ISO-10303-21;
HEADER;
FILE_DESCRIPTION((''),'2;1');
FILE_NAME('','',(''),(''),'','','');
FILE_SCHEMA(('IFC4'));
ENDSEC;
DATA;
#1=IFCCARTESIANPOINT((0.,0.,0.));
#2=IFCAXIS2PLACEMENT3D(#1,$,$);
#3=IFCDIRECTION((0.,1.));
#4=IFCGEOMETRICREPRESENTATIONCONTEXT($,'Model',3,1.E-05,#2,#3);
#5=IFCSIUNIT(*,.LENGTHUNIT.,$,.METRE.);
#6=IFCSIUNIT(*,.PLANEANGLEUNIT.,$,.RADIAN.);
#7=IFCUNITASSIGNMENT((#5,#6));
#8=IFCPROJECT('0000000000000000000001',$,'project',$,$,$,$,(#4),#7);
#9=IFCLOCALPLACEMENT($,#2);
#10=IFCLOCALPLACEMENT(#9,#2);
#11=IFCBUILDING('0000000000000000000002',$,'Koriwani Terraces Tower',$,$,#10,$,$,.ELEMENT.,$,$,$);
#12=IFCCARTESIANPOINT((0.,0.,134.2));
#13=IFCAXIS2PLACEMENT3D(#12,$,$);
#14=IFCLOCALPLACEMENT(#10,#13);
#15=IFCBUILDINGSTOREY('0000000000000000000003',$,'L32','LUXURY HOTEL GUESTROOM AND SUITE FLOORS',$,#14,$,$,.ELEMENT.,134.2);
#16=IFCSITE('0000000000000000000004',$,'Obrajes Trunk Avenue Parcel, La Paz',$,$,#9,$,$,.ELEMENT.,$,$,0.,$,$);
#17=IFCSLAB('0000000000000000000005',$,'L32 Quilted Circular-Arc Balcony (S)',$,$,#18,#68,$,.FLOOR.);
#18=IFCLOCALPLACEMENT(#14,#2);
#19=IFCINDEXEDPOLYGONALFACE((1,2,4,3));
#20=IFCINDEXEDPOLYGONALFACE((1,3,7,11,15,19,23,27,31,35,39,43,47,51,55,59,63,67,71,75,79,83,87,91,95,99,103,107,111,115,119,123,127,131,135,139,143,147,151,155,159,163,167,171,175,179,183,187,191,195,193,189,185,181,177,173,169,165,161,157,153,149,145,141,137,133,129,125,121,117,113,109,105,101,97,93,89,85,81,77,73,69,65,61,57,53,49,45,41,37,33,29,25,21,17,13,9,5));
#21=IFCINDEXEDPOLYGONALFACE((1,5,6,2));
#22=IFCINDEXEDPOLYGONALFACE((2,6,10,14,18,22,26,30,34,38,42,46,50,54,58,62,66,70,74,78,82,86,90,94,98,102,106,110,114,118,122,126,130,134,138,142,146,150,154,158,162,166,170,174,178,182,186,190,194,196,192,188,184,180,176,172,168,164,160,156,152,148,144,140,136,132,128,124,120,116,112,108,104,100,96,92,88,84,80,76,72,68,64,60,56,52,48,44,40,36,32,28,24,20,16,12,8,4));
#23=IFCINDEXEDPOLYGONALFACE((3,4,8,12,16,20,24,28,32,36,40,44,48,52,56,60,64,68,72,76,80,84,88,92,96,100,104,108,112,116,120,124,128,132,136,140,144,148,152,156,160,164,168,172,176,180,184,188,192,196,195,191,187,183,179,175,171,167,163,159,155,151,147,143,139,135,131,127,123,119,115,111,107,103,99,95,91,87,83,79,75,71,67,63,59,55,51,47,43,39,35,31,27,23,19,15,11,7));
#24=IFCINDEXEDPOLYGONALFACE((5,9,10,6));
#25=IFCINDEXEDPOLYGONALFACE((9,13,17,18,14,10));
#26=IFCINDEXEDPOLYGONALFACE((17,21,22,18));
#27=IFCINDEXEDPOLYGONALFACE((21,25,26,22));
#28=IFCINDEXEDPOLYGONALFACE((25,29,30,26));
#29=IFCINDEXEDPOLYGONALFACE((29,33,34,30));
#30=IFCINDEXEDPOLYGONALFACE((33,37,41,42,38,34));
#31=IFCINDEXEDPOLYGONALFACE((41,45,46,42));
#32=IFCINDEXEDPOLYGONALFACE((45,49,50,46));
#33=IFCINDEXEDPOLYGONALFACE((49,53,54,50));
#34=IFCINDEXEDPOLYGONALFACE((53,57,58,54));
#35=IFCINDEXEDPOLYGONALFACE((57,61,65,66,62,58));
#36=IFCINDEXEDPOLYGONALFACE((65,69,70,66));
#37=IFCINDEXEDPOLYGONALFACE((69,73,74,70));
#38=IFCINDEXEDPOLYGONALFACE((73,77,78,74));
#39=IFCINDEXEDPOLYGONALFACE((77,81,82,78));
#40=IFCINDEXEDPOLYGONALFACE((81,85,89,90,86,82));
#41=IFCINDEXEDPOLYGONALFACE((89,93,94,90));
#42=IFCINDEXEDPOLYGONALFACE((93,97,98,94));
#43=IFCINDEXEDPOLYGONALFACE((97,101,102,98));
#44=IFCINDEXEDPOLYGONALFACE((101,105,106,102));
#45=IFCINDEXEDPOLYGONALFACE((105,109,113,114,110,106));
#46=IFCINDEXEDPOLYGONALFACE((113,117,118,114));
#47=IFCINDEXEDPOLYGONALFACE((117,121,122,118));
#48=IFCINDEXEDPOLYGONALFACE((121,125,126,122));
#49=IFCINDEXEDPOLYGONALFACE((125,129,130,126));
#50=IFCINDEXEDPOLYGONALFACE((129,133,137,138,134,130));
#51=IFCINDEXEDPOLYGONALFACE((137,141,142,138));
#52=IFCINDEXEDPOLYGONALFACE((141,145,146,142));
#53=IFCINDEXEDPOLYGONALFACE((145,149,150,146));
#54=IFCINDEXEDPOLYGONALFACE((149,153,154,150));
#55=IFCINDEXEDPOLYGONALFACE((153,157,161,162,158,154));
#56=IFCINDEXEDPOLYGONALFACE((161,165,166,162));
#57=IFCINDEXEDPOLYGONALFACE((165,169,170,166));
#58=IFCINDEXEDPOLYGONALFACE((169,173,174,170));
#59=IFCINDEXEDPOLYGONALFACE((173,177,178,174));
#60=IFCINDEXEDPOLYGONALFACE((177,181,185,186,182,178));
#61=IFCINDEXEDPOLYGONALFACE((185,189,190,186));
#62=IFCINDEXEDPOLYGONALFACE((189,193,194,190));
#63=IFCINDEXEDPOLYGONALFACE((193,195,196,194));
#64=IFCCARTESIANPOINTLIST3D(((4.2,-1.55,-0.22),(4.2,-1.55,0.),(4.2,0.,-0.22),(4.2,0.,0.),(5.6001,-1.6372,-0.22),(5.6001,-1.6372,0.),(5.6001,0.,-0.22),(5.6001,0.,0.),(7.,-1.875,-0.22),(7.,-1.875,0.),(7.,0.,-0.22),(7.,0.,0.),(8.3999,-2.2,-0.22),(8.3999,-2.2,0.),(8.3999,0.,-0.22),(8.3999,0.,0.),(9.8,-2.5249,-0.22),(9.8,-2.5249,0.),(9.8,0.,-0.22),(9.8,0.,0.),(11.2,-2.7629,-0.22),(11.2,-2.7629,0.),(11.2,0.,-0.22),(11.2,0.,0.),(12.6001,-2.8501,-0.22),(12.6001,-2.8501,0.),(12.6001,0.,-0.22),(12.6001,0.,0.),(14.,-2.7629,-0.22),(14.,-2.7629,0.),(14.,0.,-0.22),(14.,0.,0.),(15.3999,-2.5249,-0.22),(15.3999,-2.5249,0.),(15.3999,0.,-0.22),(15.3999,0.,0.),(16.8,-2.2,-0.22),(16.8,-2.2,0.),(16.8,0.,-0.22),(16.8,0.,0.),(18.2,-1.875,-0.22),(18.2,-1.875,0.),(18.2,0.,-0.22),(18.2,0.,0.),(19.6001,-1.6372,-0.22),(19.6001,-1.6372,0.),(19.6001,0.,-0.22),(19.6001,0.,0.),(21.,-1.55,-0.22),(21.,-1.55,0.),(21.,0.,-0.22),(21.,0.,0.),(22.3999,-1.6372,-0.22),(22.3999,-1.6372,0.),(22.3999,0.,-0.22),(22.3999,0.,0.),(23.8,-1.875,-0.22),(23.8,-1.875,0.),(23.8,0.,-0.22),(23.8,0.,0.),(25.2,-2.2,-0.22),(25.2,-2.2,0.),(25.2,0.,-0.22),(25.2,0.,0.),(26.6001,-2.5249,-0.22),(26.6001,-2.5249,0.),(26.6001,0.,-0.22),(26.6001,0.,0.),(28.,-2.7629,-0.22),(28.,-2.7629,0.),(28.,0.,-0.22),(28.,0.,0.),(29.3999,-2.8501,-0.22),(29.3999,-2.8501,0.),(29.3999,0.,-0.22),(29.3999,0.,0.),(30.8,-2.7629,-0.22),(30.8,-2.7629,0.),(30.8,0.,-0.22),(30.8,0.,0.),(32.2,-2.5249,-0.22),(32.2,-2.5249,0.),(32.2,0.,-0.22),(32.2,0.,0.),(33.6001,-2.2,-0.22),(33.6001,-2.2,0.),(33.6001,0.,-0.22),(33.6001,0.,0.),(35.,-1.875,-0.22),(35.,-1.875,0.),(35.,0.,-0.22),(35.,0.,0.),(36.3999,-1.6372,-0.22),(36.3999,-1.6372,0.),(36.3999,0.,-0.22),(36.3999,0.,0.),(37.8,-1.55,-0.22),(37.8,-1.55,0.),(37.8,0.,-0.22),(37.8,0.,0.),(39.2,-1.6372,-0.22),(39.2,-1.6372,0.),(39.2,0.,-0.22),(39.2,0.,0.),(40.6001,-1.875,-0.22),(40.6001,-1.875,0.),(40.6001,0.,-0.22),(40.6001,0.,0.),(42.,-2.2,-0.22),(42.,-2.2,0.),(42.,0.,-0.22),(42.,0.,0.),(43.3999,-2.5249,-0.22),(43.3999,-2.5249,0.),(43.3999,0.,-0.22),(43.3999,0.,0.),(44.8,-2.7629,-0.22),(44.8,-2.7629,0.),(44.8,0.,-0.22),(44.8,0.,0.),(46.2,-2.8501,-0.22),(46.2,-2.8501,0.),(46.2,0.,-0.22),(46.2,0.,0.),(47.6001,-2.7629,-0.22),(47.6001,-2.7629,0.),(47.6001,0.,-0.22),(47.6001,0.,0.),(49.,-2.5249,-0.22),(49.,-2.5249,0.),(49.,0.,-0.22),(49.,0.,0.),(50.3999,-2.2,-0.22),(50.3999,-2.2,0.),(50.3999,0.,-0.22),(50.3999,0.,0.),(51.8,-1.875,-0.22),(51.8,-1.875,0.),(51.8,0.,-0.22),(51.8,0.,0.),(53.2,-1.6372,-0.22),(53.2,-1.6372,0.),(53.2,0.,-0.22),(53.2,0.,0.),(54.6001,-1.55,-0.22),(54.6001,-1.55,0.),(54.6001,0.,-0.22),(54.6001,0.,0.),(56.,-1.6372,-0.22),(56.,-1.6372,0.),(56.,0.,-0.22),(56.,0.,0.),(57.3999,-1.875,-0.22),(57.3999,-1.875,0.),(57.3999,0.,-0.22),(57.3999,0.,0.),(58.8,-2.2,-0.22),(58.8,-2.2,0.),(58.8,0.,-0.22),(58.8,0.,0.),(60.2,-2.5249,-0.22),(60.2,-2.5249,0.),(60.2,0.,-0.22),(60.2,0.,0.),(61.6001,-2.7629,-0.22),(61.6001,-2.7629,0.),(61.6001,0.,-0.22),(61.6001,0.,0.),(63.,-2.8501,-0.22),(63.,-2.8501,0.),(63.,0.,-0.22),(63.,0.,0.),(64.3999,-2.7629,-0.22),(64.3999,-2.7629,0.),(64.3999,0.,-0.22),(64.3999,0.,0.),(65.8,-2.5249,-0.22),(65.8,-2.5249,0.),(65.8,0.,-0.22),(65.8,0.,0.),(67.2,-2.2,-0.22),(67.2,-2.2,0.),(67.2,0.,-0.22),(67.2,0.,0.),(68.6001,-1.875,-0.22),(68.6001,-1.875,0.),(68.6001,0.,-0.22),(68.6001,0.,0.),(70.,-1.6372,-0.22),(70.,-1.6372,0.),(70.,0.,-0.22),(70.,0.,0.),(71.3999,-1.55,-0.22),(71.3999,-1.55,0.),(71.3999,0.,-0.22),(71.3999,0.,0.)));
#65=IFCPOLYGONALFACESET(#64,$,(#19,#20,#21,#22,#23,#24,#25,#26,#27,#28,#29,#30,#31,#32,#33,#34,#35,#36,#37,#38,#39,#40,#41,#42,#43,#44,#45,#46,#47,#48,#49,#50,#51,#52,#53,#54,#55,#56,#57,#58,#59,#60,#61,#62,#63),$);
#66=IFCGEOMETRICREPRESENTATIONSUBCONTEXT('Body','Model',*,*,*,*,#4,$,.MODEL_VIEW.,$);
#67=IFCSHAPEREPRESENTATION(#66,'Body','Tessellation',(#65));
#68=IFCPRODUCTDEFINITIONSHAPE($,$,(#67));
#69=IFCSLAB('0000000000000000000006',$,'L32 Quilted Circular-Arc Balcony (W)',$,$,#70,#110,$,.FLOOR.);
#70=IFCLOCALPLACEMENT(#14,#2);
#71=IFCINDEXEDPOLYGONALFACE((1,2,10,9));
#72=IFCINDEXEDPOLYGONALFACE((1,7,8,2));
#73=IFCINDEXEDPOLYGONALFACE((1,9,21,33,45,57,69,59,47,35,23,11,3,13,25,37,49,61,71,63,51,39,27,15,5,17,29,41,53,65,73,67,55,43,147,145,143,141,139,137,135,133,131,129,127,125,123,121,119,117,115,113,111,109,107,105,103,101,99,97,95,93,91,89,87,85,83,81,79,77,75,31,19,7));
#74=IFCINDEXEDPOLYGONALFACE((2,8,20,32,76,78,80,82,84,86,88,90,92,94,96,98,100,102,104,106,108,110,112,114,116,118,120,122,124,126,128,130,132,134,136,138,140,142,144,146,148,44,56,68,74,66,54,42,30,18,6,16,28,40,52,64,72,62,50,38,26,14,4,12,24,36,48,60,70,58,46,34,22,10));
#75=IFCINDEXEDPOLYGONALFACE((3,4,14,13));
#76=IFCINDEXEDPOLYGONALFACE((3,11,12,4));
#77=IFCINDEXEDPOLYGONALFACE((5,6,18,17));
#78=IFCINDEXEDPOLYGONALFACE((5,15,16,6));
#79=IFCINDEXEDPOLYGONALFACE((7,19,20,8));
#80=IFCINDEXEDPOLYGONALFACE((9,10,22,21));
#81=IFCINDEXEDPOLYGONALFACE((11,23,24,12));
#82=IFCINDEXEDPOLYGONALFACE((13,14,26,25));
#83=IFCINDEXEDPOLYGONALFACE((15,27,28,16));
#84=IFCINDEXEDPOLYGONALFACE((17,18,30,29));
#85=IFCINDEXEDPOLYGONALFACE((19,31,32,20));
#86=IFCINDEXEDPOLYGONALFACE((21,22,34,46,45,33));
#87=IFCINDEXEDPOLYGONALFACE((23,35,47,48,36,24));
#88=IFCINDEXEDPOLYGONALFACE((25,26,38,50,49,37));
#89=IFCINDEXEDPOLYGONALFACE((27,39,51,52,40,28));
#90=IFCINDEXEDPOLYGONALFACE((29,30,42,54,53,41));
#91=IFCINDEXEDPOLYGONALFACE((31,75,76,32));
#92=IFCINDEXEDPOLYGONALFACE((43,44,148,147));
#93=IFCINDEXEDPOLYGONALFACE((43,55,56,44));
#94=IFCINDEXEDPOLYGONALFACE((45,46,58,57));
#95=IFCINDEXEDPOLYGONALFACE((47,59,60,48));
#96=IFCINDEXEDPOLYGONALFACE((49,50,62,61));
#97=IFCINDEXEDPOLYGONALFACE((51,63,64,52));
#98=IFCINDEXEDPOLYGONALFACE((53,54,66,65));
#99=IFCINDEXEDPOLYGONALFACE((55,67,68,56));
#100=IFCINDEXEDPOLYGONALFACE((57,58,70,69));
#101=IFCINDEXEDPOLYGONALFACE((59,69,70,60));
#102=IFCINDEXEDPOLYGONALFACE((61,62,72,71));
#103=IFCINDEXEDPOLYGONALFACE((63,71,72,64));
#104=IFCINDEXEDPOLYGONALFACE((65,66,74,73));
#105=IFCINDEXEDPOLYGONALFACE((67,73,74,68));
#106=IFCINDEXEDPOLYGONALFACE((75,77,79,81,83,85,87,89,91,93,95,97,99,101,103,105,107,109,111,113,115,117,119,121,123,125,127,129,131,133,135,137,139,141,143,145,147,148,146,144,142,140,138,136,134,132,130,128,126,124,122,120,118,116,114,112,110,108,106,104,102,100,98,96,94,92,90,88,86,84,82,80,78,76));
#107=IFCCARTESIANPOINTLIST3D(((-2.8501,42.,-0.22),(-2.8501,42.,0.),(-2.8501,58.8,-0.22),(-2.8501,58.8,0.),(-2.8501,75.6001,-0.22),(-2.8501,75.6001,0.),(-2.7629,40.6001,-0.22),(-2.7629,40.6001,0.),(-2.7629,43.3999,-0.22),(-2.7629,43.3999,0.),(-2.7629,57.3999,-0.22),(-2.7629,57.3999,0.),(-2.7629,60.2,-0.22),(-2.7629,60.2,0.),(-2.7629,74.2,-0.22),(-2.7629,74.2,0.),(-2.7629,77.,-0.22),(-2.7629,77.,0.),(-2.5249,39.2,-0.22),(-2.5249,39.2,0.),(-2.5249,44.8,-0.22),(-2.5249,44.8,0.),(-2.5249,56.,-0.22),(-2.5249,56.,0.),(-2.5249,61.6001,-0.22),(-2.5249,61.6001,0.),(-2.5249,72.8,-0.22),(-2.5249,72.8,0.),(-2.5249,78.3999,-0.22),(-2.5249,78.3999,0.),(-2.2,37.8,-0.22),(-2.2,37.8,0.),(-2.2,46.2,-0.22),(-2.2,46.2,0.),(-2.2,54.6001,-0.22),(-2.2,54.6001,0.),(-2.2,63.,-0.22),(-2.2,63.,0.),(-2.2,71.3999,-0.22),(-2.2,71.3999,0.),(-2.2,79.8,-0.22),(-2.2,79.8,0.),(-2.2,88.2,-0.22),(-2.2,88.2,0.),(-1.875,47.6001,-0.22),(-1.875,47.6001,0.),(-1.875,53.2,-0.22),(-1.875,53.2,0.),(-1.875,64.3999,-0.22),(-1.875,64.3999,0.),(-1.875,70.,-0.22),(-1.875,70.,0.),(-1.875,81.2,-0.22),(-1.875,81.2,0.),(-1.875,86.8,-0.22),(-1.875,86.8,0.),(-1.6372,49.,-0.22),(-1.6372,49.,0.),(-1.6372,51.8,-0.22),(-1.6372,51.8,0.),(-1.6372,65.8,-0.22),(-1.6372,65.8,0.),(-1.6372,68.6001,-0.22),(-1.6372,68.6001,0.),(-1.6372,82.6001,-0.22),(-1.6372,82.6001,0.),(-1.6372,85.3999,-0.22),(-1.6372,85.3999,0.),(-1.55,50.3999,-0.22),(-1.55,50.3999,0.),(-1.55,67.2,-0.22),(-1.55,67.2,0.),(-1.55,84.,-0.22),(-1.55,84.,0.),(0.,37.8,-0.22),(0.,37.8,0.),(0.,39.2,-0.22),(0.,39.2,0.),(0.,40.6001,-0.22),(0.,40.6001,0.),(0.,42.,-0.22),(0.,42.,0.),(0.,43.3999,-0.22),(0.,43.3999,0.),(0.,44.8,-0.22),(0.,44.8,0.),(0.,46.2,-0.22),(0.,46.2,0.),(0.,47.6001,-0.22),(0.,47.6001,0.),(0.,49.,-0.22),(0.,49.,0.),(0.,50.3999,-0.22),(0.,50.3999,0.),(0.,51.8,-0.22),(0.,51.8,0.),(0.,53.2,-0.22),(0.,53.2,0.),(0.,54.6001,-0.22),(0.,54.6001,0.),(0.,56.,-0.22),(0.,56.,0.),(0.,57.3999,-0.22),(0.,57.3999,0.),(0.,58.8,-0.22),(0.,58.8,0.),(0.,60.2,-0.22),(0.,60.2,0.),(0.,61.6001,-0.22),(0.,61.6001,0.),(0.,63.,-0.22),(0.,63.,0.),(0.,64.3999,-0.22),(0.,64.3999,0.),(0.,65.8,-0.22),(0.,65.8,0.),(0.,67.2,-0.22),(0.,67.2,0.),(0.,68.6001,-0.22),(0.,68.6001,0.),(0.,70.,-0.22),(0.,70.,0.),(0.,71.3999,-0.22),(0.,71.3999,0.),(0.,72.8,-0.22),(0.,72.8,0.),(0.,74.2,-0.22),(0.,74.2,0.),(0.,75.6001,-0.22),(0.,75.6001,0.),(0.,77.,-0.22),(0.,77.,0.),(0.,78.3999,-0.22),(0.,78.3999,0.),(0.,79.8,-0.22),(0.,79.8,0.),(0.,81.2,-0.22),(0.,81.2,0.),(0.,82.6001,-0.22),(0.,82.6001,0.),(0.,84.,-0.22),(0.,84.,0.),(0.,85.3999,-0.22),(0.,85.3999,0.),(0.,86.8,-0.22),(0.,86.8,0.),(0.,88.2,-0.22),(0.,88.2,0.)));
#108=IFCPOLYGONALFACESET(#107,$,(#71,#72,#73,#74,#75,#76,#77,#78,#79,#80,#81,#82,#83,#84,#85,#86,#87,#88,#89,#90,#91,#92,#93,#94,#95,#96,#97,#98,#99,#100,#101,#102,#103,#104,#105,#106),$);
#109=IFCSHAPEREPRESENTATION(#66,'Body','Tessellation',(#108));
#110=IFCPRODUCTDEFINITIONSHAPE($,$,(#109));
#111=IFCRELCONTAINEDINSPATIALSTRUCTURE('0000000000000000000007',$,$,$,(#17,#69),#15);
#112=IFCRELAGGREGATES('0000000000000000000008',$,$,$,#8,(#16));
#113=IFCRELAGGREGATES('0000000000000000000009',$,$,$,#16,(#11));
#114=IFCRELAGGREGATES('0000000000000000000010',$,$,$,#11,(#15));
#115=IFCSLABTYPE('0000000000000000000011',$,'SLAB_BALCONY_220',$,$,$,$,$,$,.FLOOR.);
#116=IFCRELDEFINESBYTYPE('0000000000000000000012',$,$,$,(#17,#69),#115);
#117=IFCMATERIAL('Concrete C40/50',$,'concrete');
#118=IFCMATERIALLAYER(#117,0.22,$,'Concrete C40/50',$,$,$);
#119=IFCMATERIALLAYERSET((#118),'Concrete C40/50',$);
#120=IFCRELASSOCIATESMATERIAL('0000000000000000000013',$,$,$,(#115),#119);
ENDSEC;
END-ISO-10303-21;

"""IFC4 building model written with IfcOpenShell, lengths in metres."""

from ifc_helpers import new_model, si_unit, direction, frame, origin, place, context, subcontext, project, spatial, polyline, outline, extrude, material, layer, layer_set, type_object, element, save


model = new_model("IFC4")

# Units and contexts
model_context = context("Model", 3, precision=1e-05, world=origin(), true_north=direction((0.0, 1.0)))
body_context = subcontext(model_context, "Body", "Model", "MODEL_VIEW")
ifc_project = project(units=[si_unit("LENGTHUNIT", "METRE"), si_unit("PLANEANGLEUNIT", "RADIAN")], contexts=[model_context])

# Site, building, storey
site_placement = place(None, origin())
site = spatial("IfcSite", under=ifc_project, at=site_placement, Name="Obrajes Trunk Avenue Parcel, La Paz", CompositionType="ELEMENT", RefElevation=0.0)
building_placement = place(site_placement, origin())
building = spatial("IfcBuilding", under=site, at=building_placement, Name="Koriwani Terraces Tower", CompositionType="ELEMENT")
storey_placement = place(building_placement, frame((0.0, 0.0, 134.2)))
storey = spatial("IfcBuildingStorey", under=building, at=storey_placement, Name="L32", Description="LUXURY HOTEL GUESTROOM AND SUITE FLOORS", CompositionType="ELEMENT", Elevation=134.2)

# Shared definitions
ifc_material_1 = material(Name="Concrete C40/50", Category="concrete")

# Slabs
ifc_layer_1 = layer(ifc_material_1, 0.22, Name="Concrete C40/50")
ifc_layer_set_1 = layer_set([ifc_layer_1], Name="Concrete C40/50")
slab_type_1 = type_object("IfcSlabType", Name="SLAB_BALCONY_220", PredefinedType="FLOOR", material=ifc_layer_set_1)
slab_1_placement = place(storey_placement, frame((0.0, 0.0, -0.22)))
element("IfcSlab", 1, at=slab_1_placement, inside=storey, type_object=slab_type_1, Name="L32 Quilted Circular-Arc Balcony (S)", PredefinedType="FLOOR", context=body_context, shape_type="SweptSolid", body=[
    extrude(outline(polyline([(4.2, 0.0), (5.6001, 0.0), (7.0, 0.0), (8.3999, 0.0), (9.8, 0.0), (11.2, 0.0), (12.6001, 0.0), (14.0, 0.0), (15.3999, 0.0), (16.8, 0.0), (18.2, 0.0), (19.6001, 0.0), (21.0, 0.0), (22.3999, 0.0), (23.8, 0.0), (25.2, 0.0), (26.6001, 0.0), (28.0, 0.0), (29.3999, 0.0), (30.8, 0.0), (32.2, 0.0), (33.6001, 0.0), (35.0, 0.0), (36.3999, 0.0), (37.8, 0.0), (39.2, 0.0), (40.6001, 0.0), (42.0, 0.0), (43.3999, 0.0), (44.8, 0.0), (46.2, 0.0), (47.6001, 0.0), (49.0, 0.0), (50.3999, 0.0), (51.8, 0.0), (53.2, 0.0), (54.6001, 0.0), (56.0, 0.0), (57.3999, 0.0), (58.8, 0.0), (60.2, 0.0), (61.6001, 0.0), (63.0, 0.0), (64.3999, 0.0), (65.8, 0.0), (67.2, 0.0), (68.6001, 0.0), (70.0, 0.0), (71.3999, 0.0), (71.3999, -1.55), (70.0, -1.6372), (68.6001, -1.875), (67.2, -2.2), (65.8, -2.5249), (64.3999, -2.7629), (63.0, -2.8501), (61.6001, -2.7629), (60.2, -2.5249), (58.8, -2.2), (57.3999, -1.875), (56.0, -1.6372), (54.6001, -1.55), (53.2, -1.6372), (51.8, -1.875), (50.3999, -2.2), (49.0, -2.5249), (47.6001, -2.7629), (46.2, -2.8501), (44.8, -2.7629), (43.3999, -2.5249), (42.0, -2.2), (40.6001, -1.875), (39.2, -1.6372), (37.8, -1.55), (36.3999, -1.6372), (35.0, -1.875), (33.6001, -2.2), (32.2, -2.5249), (30.8, -2.7629), (29.3999, -2.8501), (28.0, -2.7629), (26.6001, -2.5249), (25.2, -2.2), (23.8, -1.875), (22.3999, -1.6372), (21.0, -1.55), (19.6001, -1.6372), (18.2, -1.875), (16.8, -2.2), (15.3999, -2.5249), (14.0, -2.7629), (12.6001, -2.8501), (11.2, -2.7629), (9.8, -2.5249), (8.3999, -2.2), (7.0, -1.875), (5.6001, -1.6372), (4.2, -1.55), (4.2, 0.0)])), origin(), (0.0, 0.0, 1.0), 0.22),
])
slab_2_placement = place(storey_placement, frame((0.0, 0.0, -0.22)))
element("IfcSlab", 2, at=slab_2_placement, inside=storey, type_object=slab_type_1, Name="L32 Quilted Circular-Arc Balcony (W)", PredefinedType="FLOOR", context=body_context, shape_type="SweptSolid", body=[
    extrude(outline(polyline([(0.0, 37.8), (0.0, 39.2), (0.0, 40.6001), (0.0, 42.0), (0.0, 43.3999), (0.0, 44.8), (0.0, 46.2), (0.0, 47.6001), (0.0, 49.0), (0.0, 50.3999), (0.0, 51.8), (0.0, 53.2), (0.0, 54.6001), (0.0, 56.0), (0.0, 57.3999), (0.0, 58.8), (0.0, 60.2), (0.0, 61.6001), (0.0, 63.0), (0.0, 64.3999), (0.0, 65.8), (0.0, 67.2), (0.0, 68.6001), (0.0, 70.0), (0.0, 71.3999), (0.0, 72.8), (0.0, 74.2), (0.0, 75.6001), (0.0, 77.0), (0.0, 78.3999), (0.0, 79.8), (0.0, 81.2), (0.0, 82.6001), (0.0, 84.0), (0.0, 85.3999), (0.0, 86.8), (0.0, 88.2), (-2.2, 88.2), (-1.875, 86.8), (-1.6372, 85.3999), (-1.55, 84.0), (-1.6372, 82.6001), (-1.875, 81.2), (-2.2, 79.8), (-2.5249, 78.3999), (-2.7629, 77.0), (-2.8501, 75.6001), (-2.7629, 74.2), (-2.5249, 72.8), (-2.2, 71.3999), (-1.875, 70.0), (-1.6372, 68.6001), (-1.55, 67.2), (-1.6372, 65.8), (-1.875, 64.3999), (-2.2, 63.0), (-2.5249, 61.6001), (-2.7629, 60.2), (-2.8501, 58.8), (-2.7629, 57.3999), (-2.5249, 56.0), (-2.2, 54.6001), (-1.875, 53.2), (-1.6372, 51.8), (-1.55, 50.3999), (-1.6372, 49.0), (-1.875, 47.6001), (-2.2, 46.2), (-2.5249, 44.8), (-2.7629, 43.3999), (-2.8501, 42.0), (-2.7629, 40.6001), (-2.5249, 39.2), (-2.2, 37.8), (0.0, 37.8)])), origin(), (0.0, 0.0, 1.0), 0.22),
])

save(model, "model.ifc")
